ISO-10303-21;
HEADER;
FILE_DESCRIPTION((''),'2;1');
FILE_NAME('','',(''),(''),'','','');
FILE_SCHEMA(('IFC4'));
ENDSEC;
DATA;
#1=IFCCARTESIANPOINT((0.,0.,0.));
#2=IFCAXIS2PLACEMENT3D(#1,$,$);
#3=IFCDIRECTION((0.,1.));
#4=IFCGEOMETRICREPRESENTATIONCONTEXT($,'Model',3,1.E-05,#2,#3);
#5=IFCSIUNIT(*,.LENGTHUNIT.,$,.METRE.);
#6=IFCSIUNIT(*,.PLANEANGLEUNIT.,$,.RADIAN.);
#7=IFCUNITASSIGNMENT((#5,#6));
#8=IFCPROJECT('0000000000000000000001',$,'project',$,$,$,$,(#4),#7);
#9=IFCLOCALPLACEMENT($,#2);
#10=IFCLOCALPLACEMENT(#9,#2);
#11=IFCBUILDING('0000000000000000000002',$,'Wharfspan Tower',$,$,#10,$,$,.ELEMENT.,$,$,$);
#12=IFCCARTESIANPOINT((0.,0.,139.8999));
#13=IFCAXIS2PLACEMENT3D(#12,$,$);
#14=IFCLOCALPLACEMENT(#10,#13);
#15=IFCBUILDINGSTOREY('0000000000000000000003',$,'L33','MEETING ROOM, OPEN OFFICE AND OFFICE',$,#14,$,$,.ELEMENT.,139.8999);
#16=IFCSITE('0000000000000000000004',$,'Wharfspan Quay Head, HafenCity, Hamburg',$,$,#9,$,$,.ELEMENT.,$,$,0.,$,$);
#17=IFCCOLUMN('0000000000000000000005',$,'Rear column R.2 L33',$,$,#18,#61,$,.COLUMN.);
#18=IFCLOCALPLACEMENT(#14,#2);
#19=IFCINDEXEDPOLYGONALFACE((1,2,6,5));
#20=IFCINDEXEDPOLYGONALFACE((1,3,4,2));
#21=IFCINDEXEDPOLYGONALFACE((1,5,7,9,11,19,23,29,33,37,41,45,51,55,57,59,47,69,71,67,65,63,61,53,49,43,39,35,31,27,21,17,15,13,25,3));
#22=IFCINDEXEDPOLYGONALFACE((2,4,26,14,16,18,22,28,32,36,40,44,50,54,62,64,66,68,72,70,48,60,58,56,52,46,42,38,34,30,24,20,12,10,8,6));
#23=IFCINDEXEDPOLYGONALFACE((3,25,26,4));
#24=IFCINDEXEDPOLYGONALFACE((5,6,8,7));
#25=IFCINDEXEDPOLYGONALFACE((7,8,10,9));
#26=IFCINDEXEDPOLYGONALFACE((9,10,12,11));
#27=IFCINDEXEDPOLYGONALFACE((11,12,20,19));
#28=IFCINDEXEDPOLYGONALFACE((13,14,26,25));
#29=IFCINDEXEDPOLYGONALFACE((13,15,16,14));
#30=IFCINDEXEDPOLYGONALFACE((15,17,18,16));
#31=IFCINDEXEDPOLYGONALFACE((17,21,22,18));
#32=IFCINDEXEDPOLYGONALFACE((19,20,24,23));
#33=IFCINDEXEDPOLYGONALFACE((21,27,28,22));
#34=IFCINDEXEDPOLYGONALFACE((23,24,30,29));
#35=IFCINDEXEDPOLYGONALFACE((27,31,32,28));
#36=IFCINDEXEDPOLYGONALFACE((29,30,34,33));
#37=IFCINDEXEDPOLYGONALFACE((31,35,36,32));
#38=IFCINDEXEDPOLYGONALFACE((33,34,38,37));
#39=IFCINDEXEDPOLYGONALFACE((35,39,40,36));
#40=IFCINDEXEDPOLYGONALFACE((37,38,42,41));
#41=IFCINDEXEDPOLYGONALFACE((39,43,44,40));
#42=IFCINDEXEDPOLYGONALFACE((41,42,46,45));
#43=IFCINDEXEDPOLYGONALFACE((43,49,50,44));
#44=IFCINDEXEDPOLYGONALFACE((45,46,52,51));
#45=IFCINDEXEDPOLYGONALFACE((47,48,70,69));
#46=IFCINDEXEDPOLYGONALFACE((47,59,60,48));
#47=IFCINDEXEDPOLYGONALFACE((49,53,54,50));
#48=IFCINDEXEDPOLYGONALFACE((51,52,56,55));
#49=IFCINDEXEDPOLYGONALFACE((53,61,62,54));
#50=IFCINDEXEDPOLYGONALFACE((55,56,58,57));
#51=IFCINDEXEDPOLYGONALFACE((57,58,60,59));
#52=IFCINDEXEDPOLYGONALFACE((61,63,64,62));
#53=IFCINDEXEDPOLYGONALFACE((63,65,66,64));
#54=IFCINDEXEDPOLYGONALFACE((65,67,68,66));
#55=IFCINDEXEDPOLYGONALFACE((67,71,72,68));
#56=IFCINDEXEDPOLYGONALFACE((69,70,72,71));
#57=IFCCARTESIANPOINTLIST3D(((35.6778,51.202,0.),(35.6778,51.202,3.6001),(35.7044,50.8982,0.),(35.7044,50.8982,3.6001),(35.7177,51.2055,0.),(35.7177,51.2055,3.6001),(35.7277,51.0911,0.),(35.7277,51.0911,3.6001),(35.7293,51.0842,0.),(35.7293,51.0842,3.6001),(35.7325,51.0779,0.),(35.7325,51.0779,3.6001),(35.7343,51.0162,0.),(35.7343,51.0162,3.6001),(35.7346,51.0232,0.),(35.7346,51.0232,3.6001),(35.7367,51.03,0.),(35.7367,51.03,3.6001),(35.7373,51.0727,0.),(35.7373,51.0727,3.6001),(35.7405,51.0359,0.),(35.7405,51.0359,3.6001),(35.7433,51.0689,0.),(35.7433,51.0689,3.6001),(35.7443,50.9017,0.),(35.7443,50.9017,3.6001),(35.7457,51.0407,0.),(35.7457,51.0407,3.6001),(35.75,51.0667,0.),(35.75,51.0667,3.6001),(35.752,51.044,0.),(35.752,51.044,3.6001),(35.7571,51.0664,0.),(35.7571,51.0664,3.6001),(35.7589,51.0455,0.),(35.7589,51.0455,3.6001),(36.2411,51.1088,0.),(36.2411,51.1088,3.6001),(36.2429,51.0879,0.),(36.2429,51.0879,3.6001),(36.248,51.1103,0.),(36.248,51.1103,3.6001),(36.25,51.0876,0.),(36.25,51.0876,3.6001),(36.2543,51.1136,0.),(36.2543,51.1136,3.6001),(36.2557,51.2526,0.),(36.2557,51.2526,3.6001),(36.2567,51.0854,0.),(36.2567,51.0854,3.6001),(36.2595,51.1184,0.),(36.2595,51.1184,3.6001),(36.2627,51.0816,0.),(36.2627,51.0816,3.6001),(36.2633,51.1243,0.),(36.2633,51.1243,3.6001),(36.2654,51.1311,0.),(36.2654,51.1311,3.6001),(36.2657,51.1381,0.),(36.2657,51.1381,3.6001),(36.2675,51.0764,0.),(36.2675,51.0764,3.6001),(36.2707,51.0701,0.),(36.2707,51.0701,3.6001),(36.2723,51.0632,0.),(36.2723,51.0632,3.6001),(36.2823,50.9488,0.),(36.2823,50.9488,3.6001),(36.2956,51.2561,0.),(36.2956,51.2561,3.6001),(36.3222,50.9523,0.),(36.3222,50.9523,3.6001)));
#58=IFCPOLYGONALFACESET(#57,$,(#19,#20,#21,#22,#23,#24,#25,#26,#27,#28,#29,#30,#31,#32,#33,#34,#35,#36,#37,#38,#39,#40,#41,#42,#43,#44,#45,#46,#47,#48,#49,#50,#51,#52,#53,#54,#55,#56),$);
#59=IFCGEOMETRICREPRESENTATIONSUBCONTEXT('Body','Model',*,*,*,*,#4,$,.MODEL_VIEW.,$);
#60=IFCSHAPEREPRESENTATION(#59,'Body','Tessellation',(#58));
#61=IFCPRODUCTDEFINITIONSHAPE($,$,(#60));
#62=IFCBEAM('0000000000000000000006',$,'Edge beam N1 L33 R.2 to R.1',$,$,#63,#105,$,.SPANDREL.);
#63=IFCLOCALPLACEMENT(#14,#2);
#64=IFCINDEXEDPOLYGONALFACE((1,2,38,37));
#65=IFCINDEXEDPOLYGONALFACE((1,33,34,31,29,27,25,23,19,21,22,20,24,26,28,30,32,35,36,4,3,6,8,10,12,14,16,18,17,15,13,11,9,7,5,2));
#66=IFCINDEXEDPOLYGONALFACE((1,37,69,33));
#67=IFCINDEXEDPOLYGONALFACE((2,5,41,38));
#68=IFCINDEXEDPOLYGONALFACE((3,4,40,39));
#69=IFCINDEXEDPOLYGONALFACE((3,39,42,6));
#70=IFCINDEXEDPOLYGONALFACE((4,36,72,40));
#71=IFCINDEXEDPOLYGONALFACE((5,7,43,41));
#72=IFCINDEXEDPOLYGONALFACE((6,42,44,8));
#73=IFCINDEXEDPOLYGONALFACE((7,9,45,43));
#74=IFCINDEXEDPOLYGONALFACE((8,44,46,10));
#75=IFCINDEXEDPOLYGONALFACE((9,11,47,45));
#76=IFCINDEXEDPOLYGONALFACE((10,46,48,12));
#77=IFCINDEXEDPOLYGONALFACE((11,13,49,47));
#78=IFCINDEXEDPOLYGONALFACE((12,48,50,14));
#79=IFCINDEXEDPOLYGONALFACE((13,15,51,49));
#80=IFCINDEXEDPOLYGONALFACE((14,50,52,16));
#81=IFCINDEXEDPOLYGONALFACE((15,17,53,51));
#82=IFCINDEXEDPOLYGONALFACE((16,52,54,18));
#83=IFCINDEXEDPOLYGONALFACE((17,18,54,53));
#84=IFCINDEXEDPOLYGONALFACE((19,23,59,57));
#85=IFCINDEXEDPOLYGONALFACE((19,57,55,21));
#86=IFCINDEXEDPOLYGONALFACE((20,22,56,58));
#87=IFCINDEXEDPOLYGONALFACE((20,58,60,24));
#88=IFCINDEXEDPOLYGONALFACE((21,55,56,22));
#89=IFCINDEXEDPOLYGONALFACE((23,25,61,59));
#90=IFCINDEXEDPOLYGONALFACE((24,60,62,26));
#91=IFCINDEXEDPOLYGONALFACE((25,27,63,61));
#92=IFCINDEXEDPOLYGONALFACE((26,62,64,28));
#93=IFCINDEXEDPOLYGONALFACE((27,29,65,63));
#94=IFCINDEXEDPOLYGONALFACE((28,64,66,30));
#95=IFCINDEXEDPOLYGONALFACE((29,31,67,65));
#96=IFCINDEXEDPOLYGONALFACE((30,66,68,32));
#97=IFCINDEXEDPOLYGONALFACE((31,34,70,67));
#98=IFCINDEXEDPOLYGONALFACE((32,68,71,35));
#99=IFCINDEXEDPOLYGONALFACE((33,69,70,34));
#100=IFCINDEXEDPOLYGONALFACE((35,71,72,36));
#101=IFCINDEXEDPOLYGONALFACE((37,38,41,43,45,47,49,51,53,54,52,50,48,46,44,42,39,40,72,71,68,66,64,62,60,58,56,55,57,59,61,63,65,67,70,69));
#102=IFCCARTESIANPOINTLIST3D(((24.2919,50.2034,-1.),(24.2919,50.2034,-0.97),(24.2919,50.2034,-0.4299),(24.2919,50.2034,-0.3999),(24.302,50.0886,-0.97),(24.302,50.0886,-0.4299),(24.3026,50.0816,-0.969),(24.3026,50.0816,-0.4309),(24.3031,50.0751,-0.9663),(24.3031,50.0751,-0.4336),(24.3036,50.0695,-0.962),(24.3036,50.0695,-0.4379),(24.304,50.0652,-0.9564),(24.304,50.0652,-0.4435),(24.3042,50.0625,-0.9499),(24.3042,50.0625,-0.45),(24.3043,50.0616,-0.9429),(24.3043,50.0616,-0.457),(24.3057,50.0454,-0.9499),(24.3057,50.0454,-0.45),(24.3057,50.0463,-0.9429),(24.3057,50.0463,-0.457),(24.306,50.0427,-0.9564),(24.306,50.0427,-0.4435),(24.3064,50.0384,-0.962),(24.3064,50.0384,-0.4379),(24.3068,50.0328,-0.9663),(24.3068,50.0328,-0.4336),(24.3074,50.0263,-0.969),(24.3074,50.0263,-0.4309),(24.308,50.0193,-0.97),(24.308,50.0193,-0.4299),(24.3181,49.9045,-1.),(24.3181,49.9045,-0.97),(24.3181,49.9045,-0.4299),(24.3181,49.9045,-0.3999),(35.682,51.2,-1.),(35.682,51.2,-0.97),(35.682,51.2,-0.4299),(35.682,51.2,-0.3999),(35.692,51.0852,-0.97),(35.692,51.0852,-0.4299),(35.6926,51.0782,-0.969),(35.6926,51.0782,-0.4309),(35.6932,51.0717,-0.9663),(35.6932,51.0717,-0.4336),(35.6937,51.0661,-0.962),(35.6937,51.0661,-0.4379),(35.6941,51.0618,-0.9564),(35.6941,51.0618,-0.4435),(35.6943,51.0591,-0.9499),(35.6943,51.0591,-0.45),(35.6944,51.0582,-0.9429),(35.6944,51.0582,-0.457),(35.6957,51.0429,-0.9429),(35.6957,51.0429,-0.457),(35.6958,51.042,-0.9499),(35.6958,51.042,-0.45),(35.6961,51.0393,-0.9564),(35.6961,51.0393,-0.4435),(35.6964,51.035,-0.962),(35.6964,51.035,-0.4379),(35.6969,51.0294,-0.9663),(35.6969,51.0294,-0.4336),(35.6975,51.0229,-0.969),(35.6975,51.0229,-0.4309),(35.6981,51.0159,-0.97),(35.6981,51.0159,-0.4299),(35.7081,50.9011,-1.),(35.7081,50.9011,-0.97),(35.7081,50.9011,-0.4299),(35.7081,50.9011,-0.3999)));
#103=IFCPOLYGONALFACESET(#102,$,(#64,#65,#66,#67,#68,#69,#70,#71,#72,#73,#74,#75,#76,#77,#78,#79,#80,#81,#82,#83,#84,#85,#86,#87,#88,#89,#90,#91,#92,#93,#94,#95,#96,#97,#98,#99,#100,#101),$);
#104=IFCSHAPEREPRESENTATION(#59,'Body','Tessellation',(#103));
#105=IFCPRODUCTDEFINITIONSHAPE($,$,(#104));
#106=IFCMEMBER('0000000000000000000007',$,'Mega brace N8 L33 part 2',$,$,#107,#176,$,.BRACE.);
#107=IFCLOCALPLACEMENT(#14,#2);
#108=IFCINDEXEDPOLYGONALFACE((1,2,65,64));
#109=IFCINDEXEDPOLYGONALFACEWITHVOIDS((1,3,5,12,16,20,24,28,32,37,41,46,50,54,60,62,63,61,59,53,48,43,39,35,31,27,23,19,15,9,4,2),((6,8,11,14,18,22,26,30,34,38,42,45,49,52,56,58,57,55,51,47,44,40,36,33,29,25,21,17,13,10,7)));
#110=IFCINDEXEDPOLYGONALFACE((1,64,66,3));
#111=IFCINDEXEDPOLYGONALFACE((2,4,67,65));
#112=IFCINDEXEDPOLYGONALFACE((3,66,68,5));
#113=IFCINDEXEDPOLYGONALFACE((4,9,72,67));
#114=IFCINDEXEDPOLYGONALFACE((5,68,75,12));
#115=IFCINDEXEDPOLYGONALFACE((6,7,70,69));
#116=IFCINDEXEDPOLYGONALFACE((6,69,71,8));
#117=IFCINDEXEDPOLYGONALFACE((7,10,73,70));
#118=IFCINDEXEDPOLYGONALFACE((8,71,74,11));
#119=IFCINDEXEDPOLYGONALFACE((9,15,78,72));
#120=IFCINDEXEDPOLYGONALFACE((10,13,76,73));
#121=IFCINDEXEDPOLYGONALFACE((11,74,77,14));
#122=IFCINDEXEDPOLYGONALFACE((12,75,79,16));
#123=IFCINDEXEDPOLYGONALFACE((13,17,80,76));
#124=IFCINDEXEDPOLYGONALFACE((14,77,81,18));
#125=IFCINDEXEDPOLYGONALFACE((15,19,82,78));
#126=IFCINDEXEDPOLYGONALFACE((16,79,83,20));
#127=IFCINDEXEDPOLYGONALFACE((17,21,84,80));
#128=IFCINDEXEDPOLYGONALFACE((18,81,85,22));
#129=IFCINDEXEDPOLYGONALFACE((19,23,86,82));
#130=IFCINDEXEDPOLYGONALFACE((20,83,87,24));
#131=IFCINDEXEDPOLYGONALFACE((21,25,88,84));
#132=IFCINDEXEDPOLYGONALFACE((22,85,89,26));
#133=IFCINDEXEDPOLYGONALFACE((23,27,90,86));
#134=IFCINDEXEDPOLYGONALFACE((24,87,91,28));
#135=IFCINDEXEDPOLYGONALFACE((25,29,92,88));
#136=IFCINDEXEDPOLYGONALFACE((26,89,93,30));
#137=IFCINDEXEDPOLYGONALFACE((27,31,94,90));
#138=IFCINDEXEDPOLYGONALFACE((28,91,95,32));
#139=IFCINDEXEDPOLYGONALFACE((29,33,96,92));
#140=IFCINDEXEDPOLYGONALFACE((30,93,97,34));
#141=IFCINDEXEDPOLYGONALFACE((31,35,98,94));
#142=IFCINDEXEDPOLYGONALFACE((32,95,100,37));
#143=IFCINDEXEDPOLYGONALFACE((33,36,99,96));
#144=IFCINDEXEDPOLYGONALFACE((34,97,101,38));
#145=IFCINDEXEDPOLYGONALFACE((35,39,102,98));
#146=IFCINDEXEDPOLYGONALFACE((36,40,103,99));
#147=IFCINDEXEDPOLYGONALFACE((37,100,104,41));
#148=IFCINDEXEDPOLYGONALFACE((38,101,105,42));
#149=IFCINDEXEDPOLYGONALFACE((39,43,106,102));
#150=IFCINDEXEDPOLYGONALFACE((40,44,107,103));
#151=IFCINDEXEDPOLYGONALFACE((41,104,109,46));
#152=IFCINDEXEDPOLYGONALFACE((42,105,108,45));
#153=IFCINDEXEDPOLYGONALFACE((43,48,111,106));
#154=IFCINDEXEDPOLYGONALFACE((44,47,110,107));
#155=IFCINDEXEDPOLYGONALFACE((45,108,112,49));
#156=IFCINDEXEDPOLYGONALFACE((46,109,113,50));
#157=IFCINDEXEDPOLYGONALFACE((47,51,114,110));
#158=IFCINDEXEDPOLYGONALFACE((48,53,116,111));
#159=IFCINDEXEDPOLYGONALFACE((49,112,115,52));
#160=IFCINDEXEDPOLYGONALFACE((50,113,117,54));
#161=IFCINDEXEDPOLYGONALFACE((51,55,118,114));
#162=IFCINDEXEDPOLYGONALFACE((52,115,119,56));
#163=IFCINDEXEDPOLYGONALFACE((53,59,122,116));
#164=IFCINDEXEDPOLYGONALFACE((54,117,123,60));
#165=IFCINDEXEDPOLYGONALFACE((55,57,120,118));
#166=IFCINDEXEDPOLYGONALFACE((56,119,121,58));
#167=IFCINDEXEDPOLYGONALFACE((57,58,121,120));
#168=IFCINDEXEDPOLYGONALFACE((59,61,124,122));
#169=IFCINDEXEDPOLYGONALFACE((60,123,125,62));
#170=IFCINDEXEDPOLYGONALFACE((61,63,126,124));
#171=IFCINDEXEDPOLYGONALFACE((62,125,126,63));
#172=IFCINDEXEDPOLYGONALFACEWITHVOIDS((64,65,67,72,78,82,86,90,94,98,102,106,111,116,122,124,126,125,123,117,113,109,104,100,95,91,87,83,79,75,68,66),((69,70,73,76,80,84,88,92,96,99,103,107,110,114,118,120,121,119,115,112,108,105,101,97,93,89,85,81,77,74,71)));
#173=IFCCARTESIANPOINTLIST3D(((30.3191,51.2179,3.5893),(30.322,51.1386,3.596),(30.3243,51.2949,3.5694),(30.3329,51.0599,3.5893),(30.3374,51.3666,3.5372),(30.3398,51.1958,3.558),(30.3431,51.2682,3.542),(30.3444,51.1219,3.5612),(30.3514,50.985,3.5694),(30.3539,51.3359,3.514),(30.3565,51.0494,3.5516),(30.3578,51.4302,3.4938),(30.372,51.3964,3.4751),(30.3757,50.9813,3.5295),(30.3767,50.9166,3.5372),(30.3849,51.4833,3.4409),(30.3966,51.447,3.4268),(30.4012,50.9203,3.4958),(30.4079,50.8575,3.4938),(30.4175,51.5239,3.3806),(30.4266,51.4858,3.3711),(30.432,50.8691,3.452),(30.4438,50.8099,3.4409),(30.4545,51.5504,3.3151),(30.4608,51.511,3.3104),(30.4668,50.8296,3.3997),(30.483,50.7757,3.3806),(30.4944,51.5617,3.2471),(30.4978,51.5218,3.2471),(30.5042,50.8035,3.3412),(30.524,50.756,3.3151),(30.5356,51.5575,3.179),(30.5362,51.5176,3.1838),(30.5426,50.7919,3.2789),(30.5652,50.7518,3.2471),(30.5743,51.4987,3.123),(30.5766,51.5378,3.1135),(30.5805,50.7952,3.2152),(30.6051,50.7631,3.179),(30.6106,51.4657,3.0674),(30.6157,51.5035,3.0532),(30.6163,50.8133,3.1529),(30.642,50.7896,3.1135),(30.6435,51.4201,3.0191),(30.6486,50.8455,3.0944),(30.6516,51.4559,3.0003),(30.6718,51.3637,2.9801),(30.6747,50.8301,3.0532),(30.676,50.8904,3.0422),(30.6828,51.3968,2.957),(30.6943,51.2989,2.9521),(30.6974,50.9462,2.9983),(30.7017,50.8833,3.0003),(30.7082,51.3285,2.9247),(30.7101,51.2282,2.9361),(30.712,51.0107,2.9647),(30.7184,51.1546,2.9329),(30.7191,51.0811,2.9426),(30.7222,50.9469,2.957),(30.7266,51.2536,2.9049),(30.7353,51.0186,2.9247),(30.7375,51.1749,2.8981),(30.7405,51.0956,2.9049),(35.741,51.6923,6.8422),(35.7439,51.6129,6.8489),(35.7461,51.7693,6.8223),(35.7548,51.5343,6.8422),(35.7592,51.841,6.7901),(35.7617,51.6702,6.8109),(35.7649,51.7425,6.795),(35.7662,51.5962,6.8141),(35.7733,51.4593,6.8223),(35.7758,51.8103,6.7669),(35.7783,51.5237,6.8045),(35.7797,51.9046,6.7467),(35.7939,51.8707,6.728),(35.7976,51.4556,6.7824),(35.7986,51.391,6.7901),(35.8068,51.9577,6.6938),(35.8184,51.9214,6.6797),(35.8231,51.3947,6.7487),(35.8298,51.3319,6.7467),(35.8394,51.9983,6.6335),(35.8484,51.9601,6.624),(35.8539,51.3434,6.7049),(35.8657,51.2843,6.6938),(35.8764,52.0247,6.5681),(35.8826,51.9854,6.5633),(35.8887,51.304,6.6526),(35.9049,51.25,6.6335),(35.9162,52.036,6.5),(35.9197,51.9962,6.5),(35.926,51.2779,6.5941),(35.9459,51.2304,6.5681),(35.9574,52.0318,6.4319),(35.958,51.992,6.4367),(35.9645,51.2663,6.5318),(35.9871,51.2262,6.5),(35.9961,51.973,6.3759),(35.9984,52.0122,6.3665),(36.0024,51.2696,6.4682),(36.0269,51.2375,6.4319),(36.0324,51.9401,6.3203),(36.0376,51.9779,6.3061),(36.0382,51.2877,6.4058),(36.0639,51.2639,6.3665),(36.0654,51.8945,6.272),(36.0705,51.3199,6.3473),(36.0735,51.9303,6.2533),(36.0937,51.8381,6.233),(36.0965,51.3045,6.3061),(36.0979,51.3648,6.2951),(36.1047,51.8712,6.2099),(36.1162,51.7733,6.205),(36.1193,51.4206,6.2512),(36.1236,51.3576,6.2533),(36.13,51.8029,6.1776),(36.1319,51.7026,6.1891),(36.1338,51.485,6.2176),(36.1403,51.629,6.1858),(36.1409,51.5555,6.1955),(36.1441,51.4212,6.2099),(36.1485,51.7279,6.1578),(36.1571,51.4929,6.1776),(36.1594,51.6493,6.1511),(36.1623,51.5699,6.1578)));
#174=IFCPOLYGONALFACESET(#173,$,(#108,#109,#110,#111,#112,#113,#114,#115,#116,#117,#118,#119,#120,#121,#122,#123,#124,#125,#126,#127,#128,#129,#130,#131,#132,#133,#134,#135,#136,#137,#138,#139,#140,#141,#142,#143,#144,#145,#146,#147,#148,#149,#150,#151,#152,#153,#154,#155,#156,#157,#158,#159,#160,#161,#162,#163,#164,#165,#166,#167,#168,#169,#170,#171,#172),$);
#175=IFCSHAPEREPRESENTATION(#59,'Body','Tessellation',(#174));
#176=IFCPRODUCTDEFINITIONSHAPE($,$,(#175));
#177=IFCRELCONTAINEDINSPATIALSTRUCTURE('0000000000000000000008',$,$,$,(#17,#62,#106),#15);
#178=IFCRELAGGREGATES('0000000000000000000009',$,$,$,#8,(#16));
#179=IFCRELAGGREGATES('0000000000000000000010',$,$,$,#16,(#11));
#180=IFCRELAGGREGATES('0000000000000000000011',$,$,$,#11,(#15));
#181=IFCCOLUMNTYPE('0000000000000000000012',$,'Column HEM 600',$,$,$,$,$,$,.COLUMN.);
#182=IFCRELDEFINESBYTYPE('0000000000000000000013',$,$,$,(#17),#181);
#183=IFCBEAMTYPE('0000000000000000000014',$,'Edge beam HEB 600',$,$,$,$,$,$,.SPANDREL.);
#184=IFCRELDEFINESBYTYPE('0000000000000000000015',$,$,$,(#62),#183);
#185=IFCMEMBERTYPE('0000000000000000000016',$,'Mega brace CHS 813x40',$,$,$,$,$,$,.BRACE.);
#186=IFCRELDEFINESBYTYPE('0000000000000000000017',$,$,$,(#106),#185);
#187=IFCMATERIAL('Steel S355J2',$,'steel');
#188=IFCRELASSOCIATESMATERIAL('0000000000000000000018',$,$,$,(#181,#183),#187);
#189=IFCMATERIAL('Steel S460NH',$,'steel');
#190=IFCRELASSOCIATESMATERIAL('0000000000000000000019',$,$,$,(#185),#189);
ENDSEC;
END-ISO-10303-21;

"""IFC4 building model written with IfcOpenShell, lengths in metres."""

from ifc_helpers import new_model, si_unit, direction, frame, origin, origin_2d, place, context, subcontext, project, spatial, hollow_circle, i_section, extrude, material, material_profile, profile_set, type_object, element, save


model = new_model("IFC4")

# Units and contexts
model_context = context("Model", 3, precision=1e-05, world=origin(), true_north=direction((0.0, 1.0)))
body_context = subcontext(model_context, "Body", "Model", "MODEL_VIEW")
ifc_project = project(units=[si_unit("LENGTHUNIT", "METRE"), si_unit("PLANEANGLEUNIT", "RADIAN")], contexts=[model_context])

# Site, building, storey
site_placement = place(None, origin())
site = spatial("IfcSite", under=ifc_project, at=site_placement, Name="Wharfspan Quay Head, HafenCity, Hamburg", CompositionType="ELEMENT", RefElevation=0.0)
building_placement = place(site_placement, origin())
building = spatial("IfcBuilding", under=site, at=building_placement, Name="Wharfspan Tower", CompositionType="ELEMENT")
storey_placement = place(building_placement, frame((0.0, 0.0, 139.8999)))
storey = spatial("IfcBuildingStorey", under=building, at=storey_placement, Name="L33", Description="MEETING ROOM, OPEN OFFICE AND OFFICE", CompositionType="ELEMENT", Elevation=139.8999)

# Column
ifc_material_1 = material(Name="Steel S355J2", Category="steel")
ifc_material_profile_1 = material_profile(ifc_material_1, i_section(OverallWidth=0.3049, OverallDepth=0.6201, WebThickness=0.021, FlangeThickness=0.04, FilletRadius=0.0271, at=origin_2d()))
ifc_profile_set_1 = profile_set([ifc_material_profile_1], Name="Steel S355J2")
column_type = type_object("IfcColumnType", Name="Column HEM 600", PredefinedType="COLUMN", material=ifc_profile_set_1)
column_placement = place(storey_placement, frame((36.0, 51.0771, 0.0), z_axis=(0.0, 0.0, 1.0), x_axis=(-0.087156, 0.996198, 0.0)))
element("IfcColumn", 1, at=column_placement, inside=storey, type_object=column_type, Name="Rear column R.2 L33", PredefinedType="COLUMN", context=body_context, shape_type="SweptSolid", body=[
    extrude(i_section(OverallWidth=0.3049, OverallDepth=0.6201, WebThickness=0.021, FlangeThickness=0.04, FilletRadius=0.0271, at=origin_2d()), origin(), (0.0, 0.0, 1.0), 3.6001),
])

# Beam
ifc_material_profile_2 = material_profile(ifc_material_1, i_section(OverallWidth=0.3, OverallDepth=0.6001, WebThickness=0.0154, FlangeThickness=0.03, FilletRadius=0.0271, at=origin_2d()))
ifc_profile_set_2 = profile_set([ifc_material_profile_2], Name="Steel S355J2")
beam_type = type_object("IfcBeamType", Name="Edge beam HEB 600", PredefinedType="SPANDREL", material=ifc_profile_set_2)
beam_placement = place(storey_placement, frame((35.6951, 51.0505, -0.7), z_axis=(-0.996194, -0.087162, 0.0), x_axis=(0.087162, -0.996194, 0.0)))
element("IfcBeam", 2, at=beam_placement, inside=storey, type_object=beam_type, Name="Edge beam N1 L33 R.2 to R.1", PredefinedType="SPANDREL", context=body_context, shape_type="SweptSolid", body=[
    extrude(i_section(OverallWidth=0.3, OverallDepth=0.6001, WebThickness=0.0154, FlangeThickness=0.03, FilletRadius=0.0271, at=origin_2d()), origin(), (0.0, 0.0, 1.0), 11.4336),
])

# Member
ifc_material_2 = material(Name="Steel S460NH", Category="steel")
ifc_material_profile_3 = material_profile(ifc_material_2, hollow_circle(Radius=0.4065, WallThickness=0.04, at=origin_2d()))
ifc_profile_set_3 = profile_set([ifc_material_profile_3], Name="Steel S460NH")
member_type = type_object("IfcMemberType", Name="Mega brace CHS 813x40", PredefinedType="BRACE", material=ifc_profile_set_3)
member_1_placement = place(storey_placement, frame((30.5298, 51.1567, 3.2471), z_axis=(0.855103, 0.074814, 0.513031), x_axis=(-0.087159, 0.996196, 0.000001)))
element("IfcMember", 3, at=member_1_placement, inside=storey, type_object=member_type, Name="Mega brace N8 L33 part 2", PredefinedType="BRACE", context=body_context, shape_type="SweptSolid", body=[
    extrude(hollow_circle(Radius=0.4065, WallThickness=0.04, at=origin_2d()), origin(), (0.0, 0.0, 1.0), 6.3406),
])

save(model, "model.ifc")
